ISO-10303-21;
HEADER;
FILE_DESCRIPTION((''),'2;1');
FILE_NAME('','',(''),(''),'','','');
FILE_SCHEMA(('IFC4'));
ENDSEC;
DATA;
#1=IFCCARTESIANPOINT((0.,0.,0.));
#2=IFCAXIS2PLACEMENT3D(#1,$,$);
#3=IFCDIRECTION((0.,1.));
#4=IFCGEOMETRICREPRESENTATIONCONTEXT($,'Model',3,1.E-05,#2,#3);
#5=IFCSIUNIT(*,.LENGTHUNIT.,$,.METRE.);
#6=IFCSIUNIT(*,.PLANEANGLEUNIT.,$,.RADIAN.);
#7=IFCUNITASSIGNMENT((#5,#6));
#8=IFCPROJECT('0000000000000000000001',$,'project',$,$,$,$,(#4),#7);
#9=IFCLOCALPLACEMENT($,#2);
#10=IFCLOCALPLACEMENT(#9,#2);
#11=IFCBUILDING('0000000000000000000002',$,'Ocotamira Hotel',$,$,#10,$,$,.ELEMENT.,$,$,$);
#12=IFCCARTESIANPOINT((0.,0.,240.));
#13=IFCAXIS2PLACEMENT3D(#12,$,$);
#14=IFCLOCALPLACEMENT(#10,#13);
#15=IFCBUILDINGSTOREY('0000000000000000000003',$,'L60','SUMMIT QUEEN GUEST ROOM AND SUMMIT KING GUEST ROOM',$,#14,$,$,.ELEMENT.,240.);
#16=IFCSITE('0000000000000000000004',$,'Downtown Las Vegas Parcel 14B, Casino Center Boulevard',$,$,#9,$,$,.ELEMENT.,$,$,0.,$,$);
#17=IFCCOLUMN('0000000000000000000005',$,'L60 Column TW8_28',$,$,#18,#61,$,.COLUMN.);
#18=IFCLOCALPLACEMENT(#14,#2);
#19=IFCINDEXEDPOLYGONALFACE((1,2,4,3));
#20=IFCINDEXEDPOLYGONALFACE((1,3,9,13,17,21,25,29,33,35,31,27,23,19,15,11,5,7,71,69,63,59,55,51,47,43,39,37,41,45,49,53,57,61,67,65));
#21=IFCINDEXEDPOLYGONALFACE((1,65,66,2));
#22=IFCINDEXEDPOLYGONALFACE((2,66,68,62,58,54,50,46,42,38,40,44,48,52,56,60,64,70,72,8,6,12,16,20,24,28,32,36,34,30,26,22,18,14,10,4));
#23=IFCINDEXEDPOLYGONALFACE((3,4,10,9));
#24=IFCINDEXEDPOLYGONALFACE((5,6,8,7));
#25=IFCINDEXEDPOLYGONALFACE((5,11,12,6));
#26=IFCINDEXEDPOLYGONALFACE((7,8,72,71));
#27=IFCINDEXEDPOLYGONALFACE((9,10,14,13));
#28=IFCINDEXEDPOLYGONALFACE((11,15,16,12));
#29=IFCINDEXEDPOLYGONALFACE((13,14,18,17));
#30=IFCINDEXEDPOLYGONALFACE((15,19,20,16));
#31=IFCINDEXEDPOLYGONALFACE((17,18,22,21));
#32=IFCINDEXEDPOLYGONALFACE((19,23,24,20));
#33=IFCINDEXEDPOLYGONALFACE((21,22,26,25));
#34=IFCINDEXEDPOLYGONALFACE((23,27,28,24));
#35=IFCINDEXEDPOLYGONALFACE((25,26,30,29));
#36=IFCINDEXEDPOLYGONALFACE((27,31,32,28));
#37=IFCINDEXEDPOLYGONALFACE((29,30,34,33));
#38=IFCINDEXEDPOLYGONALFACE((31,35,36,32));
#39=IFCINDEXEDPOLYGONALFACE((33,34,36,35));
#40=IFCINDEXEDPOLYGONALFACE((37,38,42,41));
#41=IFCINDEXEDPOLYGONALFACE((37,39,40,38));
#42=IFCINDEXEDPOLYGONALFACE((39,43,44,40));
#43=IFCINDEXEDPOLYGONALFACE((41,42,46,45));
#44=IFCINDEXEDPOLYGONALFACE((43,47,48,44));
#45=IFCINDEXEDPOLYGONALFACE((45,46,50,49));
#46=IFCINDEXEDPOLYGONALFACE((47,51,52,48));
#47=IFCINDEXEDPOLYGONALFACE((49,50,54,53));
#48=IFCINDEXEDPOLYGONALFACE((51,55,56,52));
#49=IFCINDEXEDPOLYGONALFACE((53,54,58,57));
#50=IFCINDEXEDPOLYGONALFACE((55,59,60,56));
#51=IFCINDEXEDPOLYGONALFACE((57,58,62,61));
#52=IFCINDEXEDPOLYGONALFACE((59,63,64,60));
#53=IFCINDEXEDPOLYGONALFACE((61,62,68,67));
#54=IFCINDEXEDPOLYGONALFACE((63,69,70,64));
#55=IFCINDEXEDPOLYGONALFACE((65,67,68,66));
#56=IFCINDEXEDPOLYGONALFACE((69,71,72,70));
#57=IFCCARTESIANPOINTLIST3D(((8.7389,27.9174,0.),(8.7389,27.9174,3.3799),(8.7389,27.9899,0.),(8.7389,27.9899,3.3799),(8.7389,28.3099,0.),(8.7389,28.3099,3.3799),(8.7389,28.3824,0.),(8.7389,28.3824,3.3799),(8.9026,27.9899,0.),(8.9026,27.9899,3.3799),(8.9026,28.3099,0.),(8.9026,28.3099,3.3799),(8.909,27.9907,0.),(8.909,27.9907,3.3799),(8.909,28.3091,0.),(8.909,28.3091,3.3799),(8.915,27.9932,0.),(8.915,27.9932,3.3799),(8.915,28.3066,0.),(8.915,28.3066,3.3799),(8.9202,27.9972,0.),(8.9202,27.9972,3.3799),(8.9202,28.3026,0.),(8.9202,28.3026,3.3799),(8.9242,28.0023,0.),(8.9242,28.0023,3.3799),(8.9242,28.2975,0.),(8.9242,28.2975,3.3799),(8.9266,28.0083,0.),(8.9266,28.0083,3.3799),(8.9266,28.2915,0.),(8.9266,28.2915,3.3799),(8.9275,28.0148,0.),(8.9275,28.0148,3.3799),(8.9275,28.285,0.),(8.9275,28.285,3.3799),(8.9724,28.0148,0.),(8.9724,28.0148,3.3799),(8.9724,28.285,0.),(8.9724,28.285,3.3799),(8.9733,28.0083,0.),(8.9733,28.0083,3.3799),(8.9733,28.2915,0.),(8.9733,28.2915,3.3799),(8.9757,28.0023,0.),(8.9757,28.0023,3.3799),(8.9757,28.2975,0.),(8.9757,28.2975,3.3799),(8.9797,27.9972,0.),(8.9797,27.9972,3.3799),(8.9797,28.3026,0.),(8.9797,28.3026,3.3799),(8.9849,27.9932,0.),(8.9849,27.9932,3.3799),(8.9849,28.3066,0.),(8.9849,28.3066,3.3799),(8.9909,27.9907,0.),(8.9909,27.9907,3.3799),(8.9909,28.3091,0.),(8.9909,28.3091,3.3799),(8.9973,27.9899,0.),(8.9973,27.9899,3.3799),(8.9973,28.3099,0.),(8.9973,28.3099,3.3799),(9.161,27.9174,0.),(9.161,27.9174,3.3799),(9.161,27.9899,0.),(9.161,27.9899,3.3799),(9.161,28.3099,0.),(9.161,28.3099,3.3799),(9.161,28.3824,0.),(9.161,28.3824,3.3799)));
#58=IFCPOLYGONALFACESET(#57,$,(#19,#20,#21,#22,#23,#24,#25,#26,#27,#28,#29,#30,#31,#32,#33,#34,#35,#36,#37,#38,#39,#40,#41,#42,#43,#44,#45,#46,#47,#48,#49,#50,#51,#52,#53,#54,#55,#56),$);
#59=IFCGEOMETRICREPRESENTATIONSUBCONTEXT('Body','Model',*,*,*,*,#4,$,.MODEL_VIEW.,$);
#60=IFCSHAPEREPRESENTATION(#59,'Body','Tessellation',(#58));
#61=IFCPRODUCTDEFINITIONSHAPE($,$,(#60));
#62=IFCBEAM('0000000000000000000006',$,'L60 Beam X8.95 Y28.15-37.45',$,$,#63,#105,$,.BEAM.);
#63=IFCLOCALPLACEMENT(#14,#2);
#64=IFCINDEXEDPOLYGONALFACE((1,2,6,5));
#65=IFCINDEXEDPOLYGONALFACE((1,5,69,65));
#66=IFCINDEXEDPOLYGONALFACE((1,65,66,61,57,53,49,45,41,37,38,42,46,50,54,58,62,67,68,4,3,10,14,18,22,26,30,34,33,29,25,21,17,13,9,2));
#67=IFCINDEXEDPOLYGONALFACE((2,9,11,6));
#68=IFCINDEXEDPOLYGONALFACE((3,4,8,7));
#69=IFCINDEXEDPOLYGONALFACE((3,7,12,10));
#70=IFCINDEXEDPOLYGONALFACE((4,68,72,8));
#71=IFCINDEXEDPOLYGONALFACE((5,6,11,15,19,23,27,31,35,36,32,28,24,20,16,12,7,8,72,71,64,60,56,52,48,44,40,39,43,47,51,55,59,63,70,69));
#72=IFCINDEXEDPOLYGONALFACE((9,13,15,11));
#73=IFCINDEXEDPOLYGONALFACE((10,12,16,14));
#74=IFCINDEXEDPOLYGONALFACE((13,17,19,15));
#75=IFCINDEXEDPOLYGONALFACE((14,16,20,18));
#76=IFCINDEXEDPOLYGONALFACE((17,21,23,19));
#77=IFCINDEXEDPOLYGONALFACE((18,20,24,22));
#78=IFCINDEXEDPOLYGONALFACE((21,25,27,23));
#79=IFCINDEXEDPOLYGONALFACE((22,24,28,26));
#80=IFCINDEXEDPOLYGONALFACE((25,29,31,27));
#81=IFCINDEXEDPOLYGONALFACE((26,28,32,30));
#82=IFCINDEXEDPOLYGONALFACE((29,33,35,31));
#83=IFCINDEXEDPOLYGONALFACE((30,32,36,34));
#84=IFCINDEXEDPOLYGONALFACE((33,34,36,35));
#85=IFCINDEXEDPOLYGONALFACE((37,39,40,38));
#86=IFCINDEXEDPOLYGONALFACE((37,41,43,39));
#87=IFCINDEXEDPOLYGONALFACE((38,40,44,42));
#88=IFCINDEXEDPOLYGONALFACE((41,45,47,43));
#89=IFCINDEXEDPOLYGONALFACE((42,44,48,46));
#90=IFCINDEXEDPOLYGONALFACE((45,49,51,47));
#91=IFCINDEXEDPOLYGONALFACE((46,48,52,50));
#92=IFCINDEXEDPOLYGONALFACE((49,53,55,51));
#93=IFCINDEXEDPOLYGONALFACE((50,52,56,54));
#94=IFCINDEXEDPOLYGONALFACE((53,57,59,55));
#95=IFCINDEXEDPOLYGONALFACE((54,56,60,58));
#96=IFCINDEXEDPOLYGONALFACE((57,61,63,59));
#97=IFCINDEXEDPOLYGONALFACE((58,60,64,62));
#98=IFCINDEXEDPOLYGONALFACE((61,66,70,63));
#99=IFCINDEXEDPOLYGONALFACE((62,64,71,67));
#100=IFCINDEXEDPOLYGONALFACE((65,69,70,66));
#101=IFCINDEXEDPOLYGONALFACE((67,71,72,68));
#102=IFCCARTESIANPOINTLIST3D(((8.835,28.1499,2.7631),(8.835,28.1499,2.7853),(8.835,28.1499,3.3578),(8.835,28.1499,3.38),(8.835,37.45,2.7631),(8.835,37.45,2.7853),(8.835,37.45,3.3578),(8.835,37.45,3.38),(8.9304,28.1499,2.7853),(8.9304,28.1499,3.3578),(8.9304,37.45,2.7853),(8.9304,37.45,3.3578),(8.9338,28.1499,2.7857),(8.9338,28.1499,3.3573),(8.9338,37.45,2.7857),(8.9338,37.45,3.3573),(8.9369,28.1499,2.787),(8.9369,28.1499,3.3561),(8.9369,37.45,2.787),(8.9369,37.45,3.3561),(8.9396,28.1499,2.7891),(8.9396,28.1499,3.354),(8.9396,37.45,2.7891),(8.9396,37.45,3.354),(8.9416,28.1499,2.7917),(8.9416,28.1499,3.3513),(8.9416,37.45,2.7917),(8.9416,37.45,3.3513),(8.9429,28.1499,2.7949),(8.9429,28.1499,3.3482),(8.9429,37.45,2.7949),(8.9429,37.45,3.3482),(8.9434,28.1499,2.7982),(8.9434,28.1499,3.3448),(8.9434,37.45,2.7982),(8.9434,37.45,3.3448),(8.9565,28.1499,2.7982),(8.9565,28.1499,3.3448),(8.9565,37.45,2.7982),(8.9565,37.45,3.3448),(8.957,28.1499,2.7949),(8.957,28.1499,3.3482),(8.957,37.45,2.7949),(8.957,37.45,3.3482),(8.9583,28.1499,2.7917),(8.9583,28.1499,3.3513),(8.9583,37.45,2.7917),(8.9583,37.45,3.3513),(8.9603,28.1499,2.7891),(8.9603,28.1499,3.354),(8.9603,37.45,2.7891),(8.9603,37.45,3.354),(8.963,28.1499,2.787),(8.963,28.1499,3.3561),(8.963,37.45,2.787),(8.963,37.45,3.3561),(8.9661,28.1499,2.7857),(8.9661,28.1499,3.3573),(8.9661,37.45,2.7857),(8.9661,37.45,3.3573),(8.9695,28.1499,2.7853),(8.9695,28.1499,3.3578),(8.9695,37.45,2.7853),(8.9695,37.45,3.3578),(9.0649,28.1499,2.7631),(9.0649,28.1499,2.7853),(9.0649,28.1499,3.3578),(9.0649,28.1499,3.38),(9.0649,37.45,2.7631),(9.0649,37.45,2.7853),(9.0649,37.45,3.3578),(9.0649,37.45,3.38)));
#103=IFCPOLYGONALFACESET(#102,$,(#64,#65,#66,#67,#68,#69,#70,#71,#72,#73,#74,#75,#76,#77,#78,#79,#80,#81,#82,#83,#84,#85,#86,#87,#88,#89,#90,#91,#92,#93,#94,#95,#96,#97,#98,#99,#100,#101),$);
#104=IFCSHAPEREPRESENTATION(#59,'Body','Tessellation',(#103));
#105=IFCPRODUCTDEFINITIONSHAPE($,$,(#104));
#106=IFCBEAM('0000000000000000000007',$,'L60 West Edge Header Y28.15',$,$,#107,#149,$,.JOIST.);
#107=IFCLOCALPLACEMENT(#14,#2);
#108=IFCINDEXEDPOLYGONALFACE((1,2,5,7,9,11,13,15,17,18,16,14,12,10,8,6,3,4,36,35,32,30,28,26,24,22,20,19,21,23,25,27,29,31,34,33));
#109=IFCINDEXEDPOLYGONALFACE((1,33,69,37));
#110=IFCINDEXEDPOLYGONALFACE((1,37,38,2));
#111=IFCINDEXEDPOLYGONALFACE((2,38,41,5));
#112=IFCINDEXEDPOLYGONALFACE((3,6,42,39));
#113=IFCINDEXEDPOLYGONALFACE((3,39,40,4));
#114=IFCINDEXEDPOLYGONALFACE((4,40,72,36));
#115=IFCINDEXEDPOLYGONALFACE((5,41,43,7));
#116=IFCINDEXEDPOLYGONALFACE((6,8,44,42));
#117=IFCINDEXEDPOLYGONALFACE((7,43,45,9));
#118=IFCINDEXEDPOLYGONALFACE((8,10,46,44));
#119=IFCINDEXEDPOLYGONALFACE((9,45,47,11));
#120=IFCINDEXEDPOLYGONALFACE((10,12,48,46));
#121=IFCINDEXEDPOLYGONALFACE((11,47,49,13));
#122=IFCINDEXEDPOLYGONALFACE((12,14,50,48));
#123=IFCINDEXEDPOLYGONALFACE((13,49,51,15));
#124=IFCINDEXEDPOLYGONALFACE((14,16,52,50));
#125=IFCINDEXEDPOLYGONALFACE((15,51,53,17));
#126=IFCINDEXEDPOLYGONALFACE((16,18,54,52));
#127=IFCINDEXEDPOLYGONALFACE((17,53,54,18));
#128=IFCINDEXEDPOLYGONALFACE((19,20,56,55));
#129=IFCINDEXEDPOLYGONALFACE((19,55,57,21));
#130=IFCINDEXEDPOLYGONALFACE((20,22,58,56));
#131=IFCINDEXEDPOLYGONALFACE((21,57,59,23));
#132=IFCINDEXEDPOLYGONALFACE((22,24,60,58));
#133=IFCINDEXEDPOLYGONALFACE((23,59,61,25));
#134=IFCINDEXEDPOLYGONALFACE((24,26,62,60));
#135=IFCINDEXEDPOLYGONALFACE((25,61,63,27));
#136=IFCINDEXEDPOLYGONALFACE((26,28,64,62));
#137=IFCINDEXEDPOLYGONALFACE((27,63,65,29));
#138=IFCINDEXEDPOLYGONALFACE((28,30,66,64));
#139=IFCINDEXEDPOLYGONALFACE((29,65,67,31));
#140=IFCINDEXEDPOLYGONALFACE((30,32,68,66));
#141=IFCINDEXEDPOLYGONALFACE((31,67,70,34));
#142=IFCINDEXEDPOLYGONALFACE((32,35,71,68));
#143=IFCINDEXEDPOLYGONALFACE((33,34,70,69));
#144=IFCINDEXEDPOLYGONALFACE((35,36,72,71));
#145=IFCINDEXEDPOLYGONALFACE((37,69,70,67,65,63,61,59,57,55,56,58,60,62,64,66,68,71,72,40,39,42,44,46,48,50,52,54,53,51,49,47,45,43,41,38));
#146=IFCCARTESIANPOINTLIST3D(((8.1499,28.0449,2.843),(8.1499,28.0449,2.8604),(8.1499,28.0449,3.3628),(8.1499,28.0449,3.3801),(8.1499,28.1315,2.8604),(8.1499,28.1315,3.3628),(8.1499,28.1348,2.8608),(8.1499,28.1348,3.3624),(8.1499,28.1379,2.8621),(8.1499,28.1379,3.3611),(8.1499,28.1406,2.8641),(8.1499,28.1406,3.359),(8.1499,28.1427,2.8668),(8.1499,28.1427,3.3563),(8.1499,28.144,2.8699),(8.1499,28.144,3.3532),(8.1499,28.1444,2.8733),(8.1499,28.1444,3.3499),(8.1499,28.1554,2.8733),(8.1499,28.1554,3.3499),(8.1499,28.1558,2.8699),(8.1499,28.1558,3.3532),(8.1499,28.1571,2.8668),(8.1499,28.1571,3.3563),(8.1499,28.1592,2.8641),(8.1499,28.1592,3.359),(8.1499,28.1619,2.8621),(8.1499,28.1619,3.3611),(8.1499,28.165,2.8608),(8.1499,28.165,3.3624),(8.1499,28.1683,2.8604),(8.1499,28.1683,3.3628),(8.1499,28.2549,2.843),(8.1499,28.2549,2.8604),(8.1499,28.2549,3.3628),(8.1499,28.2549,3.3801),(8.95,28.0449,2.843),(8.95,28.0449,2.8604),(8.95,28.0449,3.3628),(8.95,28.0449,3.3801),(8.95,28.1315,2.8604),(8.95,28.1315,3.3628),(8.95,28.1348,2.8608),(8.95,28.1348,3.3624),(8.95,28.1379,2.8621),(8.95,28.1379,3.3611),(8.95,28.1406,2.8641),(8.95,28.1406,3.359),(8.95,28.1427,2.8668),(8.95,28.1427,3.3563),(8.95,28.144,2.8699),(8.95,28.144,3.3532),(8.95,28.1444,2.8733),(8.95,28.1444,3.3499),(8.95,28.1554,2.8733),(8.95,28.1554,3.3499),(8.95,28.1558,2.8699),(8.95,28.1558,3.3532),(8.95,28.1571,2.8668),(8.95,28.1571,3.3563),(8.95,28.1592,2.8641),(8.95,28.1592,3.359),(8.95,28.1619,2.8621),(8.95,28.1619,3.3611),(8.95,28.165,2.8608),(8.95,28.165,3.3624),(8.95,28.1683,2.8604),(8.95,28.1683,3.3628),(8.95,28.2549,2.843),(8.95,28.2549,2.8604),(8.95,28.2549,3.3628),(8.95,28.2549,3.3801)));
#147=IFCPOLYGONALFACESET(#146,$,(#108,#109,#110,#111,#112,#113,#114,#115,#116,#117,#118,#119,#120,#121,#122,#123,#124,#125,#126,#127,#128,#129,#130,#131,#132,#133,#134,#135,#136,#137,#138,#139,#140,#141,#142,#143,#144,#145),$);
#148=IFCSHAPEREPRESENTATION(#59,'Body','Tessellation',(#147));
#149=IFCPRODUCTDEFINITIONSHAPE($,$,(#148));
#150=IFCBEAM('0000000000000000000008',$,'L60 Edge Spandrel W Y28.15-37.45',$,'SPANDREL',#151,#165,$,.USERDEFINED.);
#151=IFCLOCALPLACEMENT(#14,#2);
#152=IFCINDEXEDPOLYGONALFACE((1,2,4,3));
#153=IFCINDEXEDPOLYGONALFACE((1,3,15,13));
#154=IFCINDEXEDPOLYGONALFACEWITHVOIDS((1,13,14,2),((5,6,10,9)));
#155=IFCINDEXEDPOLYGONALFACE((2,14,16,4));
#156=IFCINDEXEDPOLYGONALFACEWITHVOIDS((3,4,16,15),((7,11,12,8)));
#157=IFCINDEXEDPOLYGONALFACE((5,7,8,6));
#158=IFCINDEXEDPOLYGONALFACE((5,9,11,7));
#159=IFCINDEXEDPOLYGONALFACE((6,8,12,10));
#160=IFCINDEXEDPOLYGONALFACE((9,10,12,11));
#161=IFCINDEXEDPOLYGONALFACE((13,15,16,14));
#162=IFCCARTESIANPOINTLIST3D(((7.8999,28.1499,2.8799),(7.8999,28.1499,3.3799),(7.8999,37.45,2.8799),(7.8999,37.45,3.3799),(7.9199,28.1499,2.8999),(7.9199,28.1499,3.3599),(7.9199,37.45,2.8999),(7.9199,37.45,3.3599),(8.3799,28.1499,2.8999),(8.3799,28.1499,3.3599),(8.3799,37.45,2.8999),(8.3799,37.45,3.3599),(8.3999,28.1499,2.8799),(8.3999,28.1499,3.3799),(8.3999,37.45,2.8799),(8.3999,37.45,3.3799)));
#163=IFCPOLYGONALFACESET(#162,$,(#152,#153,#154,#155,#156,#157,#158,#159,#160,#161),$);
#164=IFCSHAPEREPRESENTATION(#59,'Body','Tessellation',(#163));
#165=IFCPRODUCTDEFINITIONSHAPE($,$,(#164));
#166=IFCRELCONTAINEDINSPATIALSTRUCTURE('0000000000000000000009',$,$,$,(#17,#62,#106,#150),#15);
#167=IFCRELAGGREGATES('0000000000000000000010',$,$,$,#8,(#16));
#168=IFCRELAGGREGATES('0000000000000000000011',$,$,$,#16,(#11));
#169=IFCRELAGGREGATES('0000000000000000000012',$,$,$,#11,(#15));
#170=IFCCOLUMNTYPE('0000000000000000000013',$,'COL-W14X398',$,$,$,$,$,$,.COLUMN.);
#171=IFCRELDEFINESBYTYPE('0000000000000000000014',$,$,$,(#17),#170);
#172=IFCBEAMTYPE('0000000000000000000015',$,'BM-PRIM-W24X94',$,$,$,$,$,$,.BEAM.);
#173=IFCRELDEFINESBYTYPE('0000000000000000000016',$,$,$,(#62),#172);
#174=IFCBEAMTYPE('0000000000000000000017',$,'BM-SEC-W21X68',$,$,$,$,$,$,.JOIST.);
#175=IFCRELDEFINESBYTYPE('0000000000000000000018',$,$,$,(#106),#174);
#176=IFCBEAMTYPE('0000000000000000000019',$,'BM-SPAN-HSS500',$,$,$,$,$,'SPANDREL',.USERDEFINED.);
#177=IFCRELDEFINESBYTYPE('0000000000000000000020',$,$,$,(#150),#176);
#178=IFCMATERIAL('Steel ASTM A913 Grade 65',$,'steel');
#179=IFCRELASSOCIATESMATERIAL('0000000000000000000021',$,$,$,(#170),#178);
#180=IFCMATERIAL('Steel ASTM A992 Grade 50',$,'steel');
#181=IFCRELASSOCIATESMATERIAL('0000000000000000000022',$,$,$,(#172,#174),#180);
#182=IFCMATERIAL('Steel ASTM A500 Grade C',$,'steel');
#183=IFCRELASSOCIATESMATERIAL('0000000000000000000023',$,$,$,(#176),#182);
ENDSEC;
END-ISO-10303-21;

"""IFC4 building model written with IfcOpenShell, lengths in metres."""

from ifc_helpers import new_model, si_unit, direction, frame, origin, origin_2d, place, context, subcontext, project, spatial, hollow_rectangle, i_section, extrude, source, transform, mapped, material, material_profile, profile_set, type_object, element, save


model = new_model("IFC4")

# Units and contexts
model_context = context("Model", 3, precision=1e-05, world=origin(), true_north=direction((0.0, 1.0)))
body_context = subcontext(model_context, "Body", "Model", "MODEL_VIEW")
ifc_project = project(units=[si_unit("LENGTHUNIT", "METRE"), si_unit("PLANEANGLEUNIT", "RADIAN")], contexts=[model_context])

# Site, building, storey
site_placement = place(None, origin())
site = spatial("IfcSite", under=ifc_project, at=site_placement, Name="Downtown Las Vegas Parcel 14B, Casino Center Boulevard", CompositionType="ELEMENT", RefElevation=0.0)
building_placement = place(site_placement, origin())
building = spatial("IfcBuilding", under=site, at=building_placement, Name="Ocotamira Hotel", CompositionType="ELEMENT")
storey_placement = place(building_placement, frame((0.0, 0.0, 240.0)))
storey = spatial("IfcBuildingStorey", under=building, at=storey_placement, Name="L60", Description="SUMMIT QUEEN GUEST ROOM AND SUMMIT KING GUEST ROOM", CompositionType="ELEMENT", Elevation=240.0)

# Column
ifc_material_1 = material(Name="Steel ASTM A913 Grade 65", Category="steel")
ifc_material_profile_1 = material_profile(ifc_material_1, i_section(OverallWidth=0.4221, OverallDepth=0.4651, WebThickness=0.0449, FlangeThickness=0.0725, FilletRadius=0.0249, at=origin_2d()), Name="W14X398")
ifc_profile_set_1 = profile_set([ifc_material_profile_1], Name="Steel ASTM A913 Grade 65")
column_type = type_object("IfcColumnType", Name="COL-W14X398", PredefinedType="COLUMN", material=ifc_profile_set_1)
shared_shape_1 = source(origin(), body_context, "Body", "SweptSolid", [
    extrude(i_section(OverallWidth=0.4221, OverallDepth=0.4651, WebThickness=0.0449, FlangeThickness=0.0725, FilletRadius=0.0249, at=origin_2d()), origin(), (0.0, 0.0, 1.0), 3.3799),
])
column_placement = place(storey_placement, frame((8.95, 28.1499, 0.0), z_axis=(0.0, 0.0, 1.0), x_axis=(1.0, 0.0, 0.0)))
element("IfcColumn", 1, at=column_placement, inside=storey, type_object=column_type, Name="L60 Column TW8_28", PredefinedType="COLUMN", context=body_context, shape_type="MappedRepresentation", body=[
    mapped(shared_shape_1, transform((0.0, 0.0, 0.0), scale=1.0)),
])

# Beams
ifc_material_2 = material(Name="Steel ASTM A992 Grade 50", Category="steel")
ifc_material_profile_2 = material_profile(ifc_material_2, i_section(OverallWidth=0.23, OverallDepth=0.6169, WebThickness=0.0132, FlangeThickness=0.0222, FilletRadius=0.0129, at=origin_2d()), Name="W24X94")
ifc_profile_set_2 = profile_set([ifc_material_profile_2], Name="Steel ASTM A992 Grade 50")
beam_type_1 = type_object("IfcBeamType", Name="BM-PRIM-W24X94", PredefinedType="BEAM", material=ifc_profile_set_2)
shared_shape_2 = source(origin(), body_context, "Body", "SweptSolid", [
    extrude(i_section(OverallWidth=0.23, OverallDepth=0.6169, WebThickness=0.0132, FlangeThickness=0.0222, FilletRadius=0.0129, at=origin_2d()), origin(), (0.0, 0.0, 1.0), 9.3),
])
beam_1_placement = place(storey_placement, frame((8.95, 28.1499, 3.0715), z_axis=(0.0, 1.0, 0.0), x_axis=(-1.0, 0.0, 0.0)))
element("IfcBeam", 2, at=beam_1_placement, inside=storey, type_object=beam_type_1, Name="L60 Beam X8.95 Y28.15-37.45", PredefinedType="BEAM", context=body_context, shape_type="MappedRepresentation", body=[
    mapped(shared_shape_2, transform((0.0, 0.0, 0.0), scale=1.0)),
])
ifc_material_profile_3 = material_profile(ifc_material_2, i_section(OverallWidth=0.21, OverallDepth=0.5371, WebThickness=0.011, FlangeThickness=0.0173, FilletRadius=0.0129, at=origin_2d()), Name="W21X68")
ifc_profile_set_3 = profile_set([ifc_material_profile_3], Name="Steel ASTM A992 Grade 50")
beam_type_2 = type_object("IfcBeamType", Name="BM-SEC-W21X68", PredefinedType="JOIST", material=ifc_profile_set_3)
shared_shape_3 = source(origin(), body_context, "Body", "SweptSolid", [
    extrude(i_section(OverallWidth=0.21, OverallDepth=0.5371, WebThickness=0.011, FlangeThickness=0.0173, FilletRadius=0.0129, at=origin_2d()), origin(), (0.0, 0.0, 1.0), 0.8),
])
beam_2_placement = place(storey_placement, frame((8.95, 28.1499, 3.1116), z_axis=(-1.0, 0.0, 0.0), x_axis=(0.0, -1.0, 0.0)))
element("IfcBeam", 3, at=beam_2_placement, inside=storey, type_object=beam_type_2, Name="L60 West Edge Header Y28.15", PredefinedType="JOIST", context=body_context, shape_type="MappedRepresentation", body=[
    mapped(shared_shape_3, transform((0.0, 0.0, 0.0), scale=1.0)),
])
ifc_material_3 = material(Name="Steel ASTM A500 Grade C", Category="steel")
ifc_material_profile_4 = material_profile(ifc_material_3, hollow_rectangle(XDim=0.5, YDim=0.5, WallThickness=0.02, at=origin_2d()), Name="HSS500X500X20")
ifc_profile_set_4 = profile_set([ifc_material_profile_4], Name="Steel ASTM A500 Grade C")
beam_type_3 = type_object("IfcBeamType", Name="BM-SPAN-HSS500", ElementType="SPANDREL", PredefinedType="USERDEFINED", material=ifc_profile_set_4)
shared_shape_4 = source(origin(), body_context, "Body", "SweptSolid", [
    extrude(hollow_rectangle(XDim=0.5, YDim=0.5, WallThickness=0.02, at=origin_2d()), origin(), (0.0, 0.0, 1.0), 9.3),
])
beam_3_placement = place(storey_placement, frame((8.1499, 28.1499, 3.1299), z_axis=(0.0, 1.0, 0.0), x_axis=(-1.0, 0.0, 0.0)))
element("IfcBeam", 4, at=beam_3_placement, inside=storey, type_object=beam_type_3, Name="L60 Edge Spandrel W Y28.15-37.45", ObjectType="SPANDREL", PredefinedType="USERDEFINED", context=body_context, shape_type="MappedRepresentation", body=[
    mapped(shared_shape_4, transform((0.0, 0.0, 0.0), scale=1.0)),
])

save(model, "model.ifc")
